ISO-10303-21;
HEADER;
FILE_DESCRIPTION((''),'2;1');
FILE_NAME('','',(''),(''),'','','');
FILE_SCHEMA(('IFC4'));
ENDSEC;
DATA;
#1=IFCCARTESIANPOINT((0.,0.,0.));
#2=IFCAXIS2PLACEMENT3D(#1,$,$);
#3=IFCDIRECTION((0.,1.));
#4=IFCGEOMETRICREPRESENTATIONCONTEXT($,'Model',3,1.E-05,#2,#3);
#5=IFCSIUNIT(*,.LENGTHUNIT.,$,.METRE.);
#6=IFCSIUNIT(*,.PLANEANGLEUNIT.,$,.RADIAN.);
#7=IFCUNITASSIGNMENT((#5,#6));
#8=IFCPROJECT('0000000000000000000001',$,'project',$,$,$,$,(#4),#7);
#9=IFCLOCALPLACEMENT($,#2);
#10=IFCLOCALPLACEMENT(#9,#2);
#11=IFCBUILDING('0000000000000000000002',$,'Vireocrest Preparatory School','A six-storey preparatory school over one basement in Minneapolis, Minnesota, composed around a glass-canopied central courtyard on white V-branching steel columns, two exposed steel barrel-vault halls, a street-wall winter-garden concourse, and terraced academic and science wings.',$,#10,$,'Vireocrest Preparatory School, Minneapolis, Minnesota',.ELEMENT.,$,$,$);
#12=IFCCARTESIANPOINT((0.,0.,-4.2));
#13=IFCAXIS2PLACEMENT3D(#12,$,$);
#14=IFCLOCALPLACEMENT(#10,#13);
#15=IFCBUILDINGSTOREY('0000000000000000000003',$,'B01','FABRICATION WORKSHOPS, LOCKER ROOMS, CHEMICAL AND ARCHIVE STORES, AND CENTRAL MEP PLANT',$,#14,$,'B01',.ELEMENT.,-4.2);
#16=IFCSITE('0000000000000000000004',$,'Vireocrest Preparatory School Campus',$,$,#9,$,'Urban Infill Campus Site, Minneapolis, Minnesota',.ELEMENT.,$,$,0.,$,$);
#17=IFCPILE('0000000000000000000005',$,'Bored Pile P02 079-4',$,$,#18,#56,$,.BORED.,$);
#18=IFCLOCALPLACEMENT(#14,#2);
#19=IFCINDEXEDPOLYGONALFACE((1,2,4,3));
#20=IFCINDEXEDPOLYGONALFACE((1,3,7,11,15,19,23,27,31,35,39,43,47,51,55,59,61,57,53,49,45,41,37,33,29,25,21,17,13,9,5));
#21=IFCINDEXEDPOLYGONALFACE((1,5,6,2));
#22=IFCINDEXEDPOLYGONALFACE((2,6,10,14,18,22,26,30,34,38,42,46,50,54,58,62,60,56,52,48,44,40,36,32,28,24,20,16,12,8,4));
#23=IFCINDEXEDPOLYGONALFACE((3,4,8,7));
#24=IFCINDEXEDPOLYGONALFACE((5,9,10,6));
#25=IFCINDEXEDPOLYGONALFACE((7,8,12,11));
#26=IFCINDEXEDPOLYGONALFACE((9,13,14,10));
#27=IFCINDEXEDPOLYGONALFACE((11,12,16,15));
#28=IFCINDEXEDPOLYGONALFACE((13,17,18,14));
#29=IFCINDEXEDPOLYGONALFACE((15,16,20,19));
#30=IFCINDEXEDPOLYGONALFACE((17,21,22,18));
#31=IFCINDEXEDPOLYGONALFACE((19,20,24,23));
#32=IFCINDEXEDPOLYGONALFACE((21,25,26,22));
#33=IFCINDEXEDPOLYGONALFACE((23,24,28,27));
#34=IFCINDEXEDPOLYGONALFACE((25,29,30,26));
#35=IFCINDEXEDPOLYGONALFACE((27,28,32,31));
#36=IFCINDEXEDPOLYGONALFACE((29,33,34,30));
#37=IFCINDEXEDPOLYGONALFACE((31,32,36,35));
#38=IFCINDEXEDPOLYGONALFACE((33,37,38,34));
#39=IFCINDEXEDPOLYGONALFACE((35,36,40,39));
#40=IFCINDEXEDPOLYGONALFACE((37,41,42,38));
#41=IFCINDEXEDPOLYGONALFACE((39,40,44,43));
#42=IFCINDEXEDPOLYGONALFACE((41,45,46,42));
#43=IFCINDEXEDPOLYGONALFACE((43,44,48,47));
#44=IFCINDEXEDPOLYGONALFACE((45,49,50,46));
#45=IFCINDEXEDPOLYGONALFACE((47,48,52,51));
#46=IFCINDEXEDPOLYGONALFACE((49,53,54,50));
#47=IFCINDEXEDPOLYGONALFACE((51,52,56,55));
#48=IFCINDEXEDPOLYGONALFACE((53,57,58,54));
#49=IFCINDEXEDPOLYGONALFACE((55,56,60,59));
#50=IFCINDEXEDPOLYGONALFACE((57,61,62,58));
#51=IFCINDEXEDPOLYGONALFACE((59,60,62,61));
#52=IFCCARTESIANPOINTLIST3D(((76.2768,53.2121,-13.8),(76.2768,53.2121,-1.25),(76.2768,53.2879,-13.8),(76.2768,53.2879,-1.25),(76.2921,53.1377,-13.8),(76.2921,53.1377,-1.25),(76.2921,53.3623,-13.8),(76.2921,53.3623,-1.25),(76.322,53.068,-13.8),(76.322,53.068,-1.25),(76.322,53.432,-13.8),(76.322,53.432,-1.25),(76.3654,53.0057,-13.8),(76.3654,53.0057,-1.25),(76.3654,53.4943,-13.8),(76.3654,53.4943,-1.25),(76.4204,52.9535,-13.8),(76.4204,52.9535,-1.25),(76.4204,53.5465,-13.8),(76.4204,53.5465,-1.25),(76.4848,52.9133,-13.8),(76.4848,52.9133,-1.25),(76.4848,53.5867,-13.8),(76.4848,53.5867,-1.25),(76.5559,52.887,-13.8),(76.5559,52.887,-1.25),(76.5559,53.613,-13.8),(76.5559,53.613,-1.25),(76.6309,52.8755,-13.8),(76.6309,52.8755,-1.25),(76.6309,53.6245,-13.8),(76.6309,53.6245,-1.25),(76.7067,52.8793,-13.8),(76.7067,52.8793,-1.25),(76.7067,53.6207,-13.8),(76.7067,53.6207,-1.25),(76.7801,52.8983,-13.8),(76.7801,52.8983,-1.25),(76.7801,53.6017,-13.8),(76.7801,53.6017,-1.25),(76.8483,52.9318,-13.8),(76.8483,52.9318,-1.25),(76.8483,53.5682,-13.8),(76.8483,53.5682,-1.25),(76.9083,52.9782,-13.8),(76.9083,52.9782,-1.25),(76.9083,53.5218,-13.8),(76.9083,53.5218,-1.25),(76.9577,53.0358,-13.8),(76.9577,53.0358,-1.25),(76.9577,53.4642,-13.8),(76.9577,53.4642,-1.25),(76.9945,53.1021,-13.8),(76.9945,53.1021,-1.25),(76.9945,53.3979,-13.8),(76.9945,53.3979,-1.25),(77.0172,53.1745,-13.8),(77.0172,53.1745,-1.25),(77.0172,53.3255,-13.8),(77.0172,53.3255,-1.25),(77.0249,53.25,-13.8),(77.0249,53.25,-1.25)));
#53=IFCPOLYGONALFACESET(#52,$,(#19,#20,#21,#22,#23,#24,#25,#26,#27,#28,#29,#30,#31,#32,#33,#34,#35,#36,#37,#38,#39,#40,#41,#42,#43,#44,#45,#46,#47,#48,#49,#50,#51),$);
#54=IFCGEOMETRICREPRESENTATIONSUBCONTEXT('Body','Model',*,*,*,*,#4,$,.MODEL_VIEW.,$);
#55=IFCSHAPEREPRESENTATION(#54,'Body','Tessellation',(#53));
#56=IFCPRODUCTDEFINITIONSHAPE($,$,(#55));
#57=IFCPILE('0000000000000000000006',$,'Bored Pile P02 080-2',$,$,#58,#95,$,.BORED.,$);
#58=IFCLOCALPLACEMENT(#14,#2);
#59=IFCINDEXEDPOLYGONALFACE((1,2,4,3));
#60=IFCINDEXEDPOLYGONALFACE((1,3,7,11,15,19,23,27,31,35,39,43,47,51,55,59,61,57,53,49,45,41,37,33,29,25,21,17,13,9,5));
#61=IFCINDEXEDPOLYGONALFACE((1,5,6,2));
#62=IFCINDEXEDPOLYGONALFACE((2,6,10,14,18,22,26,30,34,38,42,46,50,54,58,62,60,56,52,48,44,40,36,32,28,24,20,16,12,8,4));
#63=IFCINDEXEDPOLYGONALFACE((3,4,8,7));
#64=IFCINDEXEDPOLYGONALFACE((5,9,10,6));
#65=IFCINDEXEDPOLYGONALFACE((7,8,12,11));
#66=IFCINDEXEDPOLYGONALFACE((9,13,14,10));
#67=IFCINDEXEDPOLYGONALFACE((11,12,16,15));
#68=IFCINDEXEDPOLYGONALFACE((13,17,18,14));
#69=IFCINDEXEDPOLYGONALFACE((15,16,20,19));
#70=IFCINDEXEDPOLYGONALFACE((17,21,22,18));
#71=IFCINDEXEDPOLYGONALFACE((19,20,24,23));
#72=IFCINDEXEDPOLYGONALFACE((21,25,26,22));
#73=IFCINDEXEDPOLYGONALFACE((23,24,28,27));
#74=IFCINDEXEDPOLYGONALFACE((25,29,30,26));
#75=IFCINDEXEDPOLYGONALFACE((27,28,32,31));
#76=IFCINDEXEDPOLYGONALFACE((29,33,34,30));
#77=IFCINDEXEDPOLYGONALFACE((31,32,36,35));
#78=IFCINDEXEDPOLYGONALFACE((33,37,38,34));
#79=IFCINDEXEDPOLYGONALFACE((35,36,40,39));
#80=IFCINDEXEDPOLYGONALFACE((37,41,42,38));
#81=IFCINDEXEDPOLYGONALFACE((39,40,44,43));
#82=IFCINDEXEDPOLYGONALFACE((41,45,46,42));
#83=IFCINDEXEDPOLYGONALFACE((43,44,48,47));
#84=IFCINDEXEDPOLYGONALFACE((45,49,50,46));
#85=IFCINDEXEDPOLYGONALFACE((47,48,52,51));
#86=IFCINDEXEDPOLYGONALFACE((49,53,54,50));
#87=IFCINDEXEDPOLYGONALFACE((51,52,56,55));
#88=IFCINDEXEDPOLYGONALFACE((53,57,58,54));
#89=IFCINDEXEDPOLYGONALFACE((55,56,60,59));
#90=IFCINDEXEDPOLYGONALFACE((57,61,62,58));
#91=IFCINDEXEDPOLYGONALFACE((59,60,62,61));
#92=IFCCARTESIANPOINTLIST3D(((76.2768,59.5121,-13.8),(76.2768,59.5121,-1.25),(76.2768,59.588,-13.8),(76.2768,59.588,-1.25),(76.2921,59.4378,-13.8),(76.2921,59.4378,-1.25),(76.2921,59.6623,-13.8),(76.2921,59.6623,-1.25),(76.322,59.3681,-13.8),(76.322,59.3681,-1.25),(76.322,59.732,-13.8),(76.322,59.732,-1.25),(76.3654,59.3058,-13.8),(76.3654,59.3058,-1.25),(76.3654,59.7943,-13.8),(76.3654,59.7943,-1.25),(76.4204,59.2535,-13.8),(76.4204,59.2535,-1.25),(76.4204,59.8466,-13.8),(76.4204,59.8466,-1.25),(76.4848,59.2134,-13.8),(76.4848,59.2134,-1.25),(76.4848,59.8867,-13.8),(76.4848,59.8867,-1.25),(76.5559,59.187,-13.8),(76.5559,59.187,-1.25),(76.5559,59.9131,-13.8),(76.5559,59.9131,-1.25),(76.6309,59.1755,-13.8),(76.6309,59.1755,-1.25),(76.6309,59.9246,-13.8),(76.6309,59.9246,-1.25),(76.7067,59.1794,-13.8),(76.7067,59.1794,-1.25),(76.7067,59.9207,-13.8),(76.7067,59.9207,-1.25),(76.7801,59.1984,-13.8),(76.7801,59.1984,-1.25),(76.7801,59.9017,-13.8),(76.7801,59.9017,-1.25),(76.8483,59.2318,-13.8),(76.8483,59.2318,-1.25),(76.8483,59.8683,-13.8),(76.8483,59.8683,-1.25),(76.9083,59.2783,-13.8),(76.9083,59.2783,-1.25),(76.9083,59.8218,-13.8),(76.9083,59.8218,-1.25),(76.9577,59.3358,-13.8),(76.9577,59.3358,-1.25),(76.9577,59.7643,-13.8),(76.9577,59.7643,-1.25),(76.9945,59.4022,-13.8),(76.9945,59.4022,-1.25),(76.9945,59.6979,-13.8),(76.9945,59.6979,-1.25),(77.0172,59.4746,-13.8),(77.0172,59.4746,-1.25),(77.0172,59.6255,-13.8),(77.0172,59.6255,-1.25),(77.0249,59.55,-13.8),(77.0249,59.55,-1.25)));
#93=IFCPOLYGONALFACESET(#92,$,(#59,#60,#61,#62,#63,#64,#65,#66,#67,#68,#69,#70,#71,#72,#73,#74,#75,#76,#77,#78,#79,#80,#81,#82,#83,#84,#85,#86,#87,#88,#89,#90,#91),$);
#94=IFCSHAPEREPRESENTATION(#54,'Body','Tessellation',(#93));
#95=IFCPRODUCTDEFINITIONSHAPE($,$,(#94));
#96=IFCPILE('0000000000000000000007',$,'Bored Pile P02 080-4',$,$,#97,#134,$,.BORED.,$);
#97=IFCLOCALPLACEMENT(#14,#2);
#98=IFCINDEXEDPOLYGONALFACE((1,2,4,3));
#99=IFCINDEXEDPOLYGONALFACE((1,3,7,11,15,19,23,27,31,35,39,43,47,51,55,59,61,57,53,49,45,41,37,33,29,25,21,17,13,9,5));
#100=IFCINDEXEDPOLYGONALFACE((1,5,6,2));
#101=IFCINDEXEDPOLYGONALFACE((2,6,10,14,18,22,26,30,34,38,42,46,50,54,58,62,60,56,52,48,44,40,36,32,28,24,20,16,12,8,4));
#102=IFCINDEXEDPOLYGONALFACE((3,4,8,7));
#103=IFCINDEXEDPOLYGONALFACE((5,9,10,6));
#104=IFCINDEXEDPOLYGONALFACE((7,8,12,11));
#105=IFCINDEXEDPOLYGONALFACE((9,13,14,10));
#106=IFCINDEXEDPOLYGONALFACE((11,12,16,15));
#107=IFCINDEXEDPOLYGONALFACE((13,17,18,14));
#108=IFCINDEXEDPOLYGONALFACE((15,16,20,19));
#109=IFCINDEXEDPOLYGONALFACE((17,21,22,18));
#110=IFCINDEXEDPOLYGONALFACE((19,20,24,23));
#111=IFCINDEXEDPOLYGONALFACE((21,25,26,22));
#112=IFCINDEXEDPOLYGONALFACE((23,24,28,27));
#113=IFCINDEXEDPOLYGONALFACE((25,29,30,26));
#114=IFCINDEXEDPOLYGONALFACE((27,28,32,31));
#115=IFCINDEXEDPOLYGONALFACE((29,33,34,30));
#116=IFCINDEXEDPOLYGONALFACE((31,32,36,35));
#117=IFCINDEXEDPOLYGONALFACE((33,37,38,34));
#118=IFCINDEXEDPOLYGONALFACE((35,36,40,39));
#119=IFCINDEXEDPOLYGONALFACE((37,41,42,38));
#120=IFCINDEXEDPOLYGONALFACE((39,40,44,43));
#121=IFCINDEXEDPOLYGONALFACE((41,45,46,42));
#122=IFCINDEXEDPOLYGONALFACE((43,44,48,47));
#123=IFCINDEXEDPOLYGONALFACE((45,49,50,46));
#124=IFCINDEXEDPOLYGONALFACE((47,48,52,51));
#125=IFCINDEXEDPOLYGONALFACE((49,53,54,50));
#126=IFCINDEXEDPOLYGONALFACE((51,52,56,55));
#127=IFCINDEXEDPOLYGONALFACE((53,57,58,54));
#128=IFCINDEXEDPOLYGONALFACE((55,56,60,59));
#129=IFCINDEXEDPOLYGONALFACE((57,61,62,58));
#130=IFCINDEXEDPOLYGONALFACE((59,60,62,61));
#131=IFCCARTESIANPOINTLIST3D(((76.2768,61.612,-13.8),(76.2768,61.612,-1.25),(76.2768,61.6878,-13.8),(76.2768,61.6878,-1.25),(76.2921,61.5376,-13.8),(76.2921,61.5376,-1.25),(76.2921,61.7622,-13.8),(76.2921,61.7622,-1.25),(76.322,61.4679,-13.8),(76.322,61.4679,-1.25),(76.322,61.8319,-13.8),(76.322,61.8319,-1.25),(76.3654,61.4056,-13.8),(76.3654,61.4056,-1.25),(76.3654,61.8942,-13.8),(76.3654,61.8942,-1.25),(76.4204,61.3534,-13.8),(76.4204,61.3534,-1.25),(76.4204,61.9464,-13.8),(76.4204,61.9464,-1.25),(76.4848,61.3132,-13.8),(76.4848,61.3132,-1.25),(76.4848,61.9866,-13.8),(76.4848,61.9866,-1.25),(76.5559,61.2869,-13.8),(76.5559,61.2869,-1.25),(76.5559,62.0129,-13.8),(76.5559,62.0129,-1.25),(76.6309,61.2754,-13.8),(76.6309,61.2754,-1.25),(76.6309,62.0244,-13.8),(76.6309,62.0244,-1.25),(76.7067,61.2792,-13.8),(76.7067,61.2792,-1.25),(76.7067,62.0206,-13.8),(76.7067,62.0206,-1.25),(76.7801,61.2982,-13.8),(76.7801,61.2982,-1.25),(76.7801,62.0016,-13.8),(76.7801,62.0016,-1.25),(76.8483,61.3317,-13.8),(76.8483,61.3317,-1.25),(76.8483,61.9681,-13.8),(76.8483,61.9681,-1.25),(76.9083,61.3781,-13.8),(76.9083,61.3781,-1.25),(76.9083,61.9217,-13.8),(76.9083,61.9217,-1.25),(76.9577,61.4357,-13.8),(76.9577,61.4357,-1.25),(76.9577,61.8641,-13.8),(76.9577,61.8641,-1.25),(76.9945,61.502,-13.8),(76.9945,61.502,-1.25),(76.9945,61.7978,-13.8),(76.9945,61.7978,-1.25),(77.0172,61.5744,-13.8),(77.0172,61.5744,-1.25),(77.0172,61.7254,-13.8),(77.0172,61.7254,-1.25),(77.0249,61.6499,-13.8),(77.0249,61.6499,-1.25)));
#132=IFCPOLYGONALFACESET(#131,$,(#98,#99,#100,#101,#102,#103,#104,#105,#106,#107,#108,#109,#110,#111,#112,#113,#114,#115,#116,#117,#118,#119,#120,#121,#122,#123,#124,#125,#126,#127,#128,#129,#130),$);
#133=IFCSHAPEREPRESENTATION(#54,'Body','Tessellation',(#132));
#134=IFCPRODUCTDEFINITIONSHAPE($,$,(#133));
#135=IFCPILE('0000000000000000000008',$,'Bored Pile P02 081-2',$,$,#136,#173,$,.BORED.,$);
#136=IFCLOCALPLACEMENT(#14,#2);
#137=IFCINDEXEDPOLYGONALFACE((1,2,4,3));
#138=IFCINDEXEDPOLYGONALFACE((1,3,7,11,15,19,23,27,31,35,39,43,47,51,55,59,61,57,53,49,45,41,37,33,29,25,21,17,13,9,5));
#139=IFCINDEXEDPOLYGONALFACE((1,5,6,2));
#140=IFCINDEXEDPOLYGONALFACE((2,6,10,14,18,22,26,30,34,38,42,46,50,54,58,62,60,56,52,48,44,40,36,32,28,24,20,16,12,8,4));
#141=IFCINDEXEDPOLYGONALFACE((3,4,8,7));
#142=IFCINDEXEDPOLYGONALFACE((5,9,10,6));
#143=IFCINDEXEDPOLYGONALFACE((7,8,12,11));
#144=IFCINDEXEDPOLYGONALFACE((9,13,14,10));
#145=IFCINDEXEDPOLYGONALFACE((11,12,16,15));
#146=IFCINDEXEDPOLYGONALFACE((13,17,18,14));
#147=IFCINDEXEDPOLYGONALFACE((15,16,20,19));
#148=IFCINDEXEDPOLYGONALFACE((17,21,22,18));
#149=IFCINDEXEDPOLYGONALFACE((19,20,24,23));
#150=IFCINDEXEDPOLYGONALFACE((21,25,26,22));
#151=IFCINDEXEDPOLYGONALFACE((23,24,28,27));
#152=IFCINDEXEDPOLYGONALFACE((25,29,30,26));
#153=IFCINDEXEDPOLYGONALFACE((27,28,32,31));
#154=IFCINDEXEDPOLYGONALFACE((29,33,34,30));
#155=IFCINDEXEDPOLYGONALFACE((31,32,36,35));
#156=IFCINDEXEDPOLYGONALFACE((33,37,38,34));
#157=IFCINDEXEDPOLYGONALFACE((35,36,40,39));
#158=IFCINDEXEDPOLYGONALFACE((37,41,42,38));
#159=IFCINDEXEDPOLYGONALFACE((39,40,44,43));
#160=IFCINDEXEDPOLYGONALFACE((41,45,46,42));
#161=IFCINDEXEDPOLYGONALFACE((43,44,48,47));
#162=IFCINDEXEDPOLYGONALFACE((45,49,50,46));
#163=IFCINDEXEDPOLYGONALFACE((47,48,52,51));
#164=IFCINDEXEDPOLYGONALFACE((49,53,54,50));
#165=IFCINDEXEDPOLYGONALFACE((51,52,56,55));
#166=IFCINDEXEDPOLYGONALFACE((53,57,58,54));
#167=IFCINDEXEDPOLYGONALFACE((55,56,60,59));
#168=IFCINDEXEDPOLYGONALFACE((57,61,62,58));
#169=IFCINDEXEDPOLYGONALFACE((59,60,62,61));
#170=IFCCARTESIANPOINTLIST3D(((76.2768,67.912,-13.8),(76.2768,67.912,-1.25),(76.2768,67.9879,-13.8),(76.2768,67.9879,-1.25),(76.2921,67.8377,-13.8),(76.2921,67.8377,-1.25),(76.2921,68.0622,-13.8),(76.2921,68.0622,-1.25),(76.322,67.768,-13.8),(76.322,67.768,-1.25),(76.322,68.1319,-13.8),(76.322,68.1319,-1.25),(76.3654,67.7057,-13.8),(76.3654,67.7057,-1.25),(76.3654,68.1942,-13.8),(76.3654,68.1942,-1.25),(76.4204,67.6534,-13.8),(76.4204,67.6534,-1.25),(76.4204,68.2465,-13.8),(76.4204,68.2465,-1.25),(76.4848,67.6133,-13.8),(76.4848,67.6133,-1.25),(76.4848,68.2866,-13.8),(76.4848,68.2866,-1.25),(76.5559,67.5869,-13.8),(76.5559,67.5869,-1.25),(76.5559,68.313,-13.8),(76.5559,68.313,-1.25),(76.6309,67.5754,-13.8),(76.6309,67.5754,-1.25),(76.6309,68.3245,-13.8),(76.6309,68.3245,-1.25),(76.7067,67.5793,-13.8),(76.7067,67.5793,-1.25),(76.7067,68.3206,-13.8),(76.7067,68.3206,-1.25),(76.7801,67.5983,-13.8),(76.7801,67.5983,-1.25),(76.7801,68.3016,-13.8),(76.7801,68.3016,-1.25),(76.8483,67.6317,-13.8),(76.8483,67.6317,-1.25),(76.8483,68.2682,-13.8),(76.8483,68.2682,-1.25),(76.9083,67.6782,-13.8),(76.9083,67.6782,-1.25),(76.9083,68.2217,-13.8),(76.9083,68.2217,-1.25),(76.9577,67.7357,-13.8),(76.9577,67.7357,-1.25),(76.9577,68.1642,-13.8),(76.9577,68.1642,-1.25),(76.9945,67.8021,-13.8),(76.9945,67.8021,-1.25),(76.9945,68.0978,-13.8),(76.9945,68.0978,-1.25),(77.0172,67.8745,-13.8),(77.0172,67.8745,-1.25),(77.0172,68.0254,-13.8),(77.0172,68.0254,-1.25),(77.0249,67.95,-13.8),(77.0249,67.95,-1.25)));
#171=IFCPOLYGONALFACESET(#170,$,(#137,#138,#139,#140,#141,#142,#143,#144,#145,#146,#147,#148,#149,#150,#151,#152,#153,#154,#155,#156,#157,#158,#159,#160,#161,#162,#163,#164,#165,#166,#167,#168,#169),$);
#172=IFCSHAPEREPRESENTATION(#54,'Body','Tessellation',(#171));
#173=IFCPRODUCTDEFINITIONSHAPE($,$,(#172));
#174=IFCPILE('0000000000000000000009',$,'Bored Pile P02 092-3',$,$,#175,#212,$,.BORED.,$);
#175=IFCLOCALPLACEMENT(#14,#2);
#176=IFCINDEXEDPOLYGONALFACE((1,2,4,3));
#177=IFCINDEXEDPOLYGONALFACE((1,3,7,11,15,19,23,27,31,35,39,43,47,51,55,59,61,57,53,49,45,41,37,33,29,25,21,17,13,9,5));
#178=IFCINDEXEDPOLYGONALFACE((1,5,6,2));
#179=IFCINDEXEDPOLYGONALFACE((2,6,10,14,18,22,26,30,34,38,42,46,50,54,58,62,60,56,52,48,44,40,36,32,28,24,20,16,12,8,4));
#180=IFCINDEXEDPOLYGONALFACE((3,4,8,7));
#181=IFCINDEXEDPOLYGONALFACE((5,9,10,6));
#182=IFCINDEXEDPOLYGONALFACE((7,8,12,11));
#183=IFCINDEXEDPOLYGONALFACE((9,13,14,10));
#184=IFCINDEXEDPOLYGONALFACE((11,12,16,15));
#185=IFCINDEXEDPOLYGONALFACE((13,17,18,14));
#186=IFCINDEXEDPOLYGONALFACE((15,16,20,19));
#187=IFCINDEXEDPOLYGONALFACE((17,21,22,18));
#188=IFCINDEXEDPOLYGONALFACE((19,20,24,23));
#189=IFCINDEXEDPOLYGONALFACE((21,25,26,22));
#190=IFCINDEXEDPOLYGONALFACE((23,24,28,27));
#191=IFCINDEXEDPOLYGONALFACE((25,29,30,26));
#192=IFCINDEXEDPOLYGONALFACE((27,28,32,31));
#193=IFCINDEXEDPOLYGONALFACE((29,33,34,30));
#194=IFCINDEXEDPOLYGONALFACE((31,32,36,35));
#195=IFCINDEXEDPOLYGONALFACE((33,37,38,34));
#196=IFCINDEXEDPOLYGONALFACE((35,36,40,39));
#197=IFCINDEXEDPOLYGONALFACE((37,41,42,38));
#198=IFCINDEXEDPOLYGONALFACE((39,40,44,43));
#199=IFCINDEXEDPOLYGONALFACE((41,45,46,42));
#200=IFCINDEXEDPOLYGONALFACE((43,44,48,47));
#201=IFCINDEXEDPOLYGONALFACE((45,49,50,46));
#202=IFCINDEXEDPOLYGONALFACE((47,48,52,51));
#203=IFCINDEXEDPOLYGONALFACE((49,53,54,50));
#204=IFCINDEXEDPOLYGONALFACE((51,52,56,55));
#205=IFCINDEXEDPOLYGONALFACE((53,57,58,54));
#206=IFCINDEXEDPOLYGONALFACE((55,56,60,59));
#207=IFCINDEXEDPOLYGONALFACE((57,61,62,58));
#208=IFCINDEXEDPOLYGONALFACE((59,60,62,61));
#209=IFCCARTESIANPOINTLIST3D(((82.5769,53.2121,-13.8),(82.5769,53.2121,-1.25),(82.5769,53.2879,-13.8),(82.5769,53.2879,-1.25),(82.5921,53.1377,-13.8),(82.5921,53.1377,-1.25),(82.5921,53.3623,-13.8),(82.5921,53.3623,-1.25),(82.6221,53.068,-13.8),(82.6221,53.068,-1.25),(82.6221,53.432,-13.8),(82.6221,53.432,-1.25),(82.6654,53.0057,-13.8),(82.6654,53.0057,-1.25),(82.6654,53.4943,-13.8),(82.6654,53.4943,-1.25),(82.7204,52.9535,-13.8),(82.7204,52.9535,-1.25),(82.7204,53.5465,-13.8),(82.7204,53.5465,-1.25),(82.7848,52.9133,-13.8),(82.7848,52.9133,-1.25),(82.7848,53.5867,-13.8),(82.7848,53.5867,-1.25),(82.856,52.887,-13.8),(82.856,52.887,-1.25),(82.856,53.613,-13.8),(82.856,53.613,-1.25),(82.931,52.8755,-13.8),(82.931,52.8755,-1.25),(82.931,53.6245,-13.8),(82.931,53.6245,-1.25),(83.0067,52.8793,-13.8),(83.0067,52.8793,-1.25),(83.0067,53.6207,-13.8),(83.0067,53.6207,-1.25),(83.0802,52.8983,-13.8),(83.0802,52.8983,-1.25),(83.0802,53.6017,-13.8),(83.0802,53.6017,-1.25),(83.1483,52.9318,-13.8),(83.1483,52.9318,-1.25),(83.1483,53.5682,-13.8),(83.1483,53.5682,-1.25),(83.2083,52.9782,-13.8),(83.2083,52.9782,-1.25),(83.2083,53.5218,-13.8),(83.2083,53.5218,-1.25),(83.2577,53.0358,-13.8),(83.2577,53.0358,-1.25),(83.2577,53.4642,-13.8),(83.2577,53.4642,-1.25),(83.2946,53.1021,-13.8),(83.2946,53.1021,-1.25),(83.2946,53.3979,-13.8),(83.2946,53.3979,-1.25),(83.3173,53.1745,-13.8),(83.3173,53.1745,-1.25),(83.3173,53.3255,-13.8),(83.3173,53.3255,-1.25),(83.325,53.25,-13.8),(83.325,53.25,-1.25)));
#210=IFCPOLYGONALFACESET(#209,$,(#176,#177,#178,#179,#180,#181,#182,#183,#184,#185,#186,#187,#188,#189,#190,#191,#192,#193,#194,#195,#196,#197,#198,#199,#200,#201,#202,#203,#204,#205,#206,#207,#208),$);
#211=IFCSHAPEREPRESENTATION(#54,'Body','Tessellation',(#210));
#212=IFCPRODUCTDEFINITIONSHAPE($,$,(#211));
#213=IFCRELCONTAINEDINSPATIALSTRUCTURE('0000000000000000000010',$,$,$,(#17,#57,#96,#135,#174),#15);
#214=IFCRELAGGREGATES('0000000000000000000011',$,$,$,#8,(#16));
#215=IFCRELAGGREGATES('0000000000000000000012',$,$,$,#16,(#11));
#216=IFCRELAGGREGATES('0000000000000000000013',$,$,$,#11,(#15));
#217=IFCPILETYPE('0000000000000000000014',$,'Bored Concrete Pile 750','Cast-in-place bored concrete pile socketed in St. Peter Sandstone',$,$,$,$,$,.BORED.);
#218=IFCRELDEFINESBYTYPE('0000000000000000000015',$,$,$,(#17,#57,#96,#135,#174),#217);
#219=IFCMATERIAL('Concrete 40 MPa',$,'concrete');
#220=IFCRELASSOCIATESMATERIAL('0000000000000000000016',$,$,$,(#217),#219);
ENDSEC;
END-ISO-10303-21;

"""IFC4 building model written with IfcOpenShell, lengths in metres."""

from ifc_helpers import new_model, si_unit, direction, frame, origin, origin_2d, place, context, subcontext, project, spatial, circle, extrude, material, material_profile, profile_set, type_object, element, save


model = new_model("IFC4")

# Units and contexts
model_context = context("Model", 3, precision=1e-05, world=origin(), true_north=direction((0.0, 1.0)))
body_context = subcontext(model_context, "Body", "Model", "MODEL_VIEW")
ifc_project = project(units=[si_unit("LENGTHUNIT", "METRE"), si_unit("PLANEANGLEUNIT", "RADIAN")], contexts=[model_context])

# Site, building, storey
site_placement = place(None, origin())
site = spatial("IfcSite", under=ifc_project, at=site_placement, Name="Vireocrest Preparatory School Campus", LongName="Urban Infill Campus Site, Minneapolis, Minnesota", CompositionType="ELEMENT", RefElevation=0.0)
building_placement = place(site_placement, origin())
building = spatial("IfcBuilding", under=site, at=building_placement, Name="Vireocrest Preparatory School", Description="A six-storey preparatory school over one basement in Minneapolis, Minnesota, composed around a glass-canopied central courtyard on white V-branching steel columns, two exposed steel barrel-vault halls, a street-wall winter-garden concourse, and terraced academic and science wings.", LongName="Vireocrest Preparatory School, Minneapolis, Minnesota", CompositionType="ELEMENT")
storey_placement = place(building_placement, frame((0.0, 0.0, -4.2)))
storey = spatial("IfcBuildingStorey", under=building, at=storey_placement, Name="B01", Description="FABRICATION WORKSHOPS, LOCKER ROOMS, CHEMICAL AND ARCHIVE STORES, AND CENTRAL MEP PLANT", LongName="B01", CompositionType="ELEMENT", Elevation=-4.2)

# Piles
ifc_material_1 = material(Name="Concrete 40 MPa", Category="concrete")
ifc_material_profile_1 = material_profile(ifc_material_1, circle(Radius=0.375, at=origin_2d()), Name="BORED PILE 750")
ifc_profile_set_1 = profile_set([ifc_material_profile_1], Name="Concrete 40 MPa")
pile_type = type_object("IfcPileType", Name="Bored Concrete Pile 750", Description="Cast-in-place bored concrete pile socketed in St. Peter Sandstone", PredefinedType="BORED", material=ifc_profile_set_1)
for number, where, z_axis, x_axis, name in (
    (1, (76.6499, 53.25, -1.25), (0.0, 0.0, -1.0), (1.0, 0.0, 0.0), "Bored Pile P02 079-4"),
    (2, (76.6499, 59.55, -1.25), (0.0, 0.0, -1.0), (1.0, 0.0, 0.0), "Bored Pile P02 080-2"),
    (3, (76.6499, 61.6499, -1.25), (0.0, 0.0, -1.0), (1.0, 0.0, 0.0), "Bored Pile P02 080-4"),
    (4, (76.6499, 67.95, -1.25), (0.0, 0.0, -1.0), (1.0, 0.0, 0.0), "Bored Pile P02 081-2"),
    (5, (82.95, 53.25, -1.25), (0.0, 0.0, -1.0), (1.0, 0.0, 0.0), "Bored Pile P02 092-3"),
):
    element("IfcPile", number, at=place(storey_placement, frame(where, z_axis=z_axis, x_axis=x_axis)), inside=storey, type_object=pile_type, Name=name, PredefinedType="BORED", context=body_context, shape_type="SweptSolid", body=[
        extrude(circle(Radius=0.375, at=origin_2d()), origin(), (0.0, 0.0, 1.0), 12.55),
    ])

save(model, "model.ifc")
